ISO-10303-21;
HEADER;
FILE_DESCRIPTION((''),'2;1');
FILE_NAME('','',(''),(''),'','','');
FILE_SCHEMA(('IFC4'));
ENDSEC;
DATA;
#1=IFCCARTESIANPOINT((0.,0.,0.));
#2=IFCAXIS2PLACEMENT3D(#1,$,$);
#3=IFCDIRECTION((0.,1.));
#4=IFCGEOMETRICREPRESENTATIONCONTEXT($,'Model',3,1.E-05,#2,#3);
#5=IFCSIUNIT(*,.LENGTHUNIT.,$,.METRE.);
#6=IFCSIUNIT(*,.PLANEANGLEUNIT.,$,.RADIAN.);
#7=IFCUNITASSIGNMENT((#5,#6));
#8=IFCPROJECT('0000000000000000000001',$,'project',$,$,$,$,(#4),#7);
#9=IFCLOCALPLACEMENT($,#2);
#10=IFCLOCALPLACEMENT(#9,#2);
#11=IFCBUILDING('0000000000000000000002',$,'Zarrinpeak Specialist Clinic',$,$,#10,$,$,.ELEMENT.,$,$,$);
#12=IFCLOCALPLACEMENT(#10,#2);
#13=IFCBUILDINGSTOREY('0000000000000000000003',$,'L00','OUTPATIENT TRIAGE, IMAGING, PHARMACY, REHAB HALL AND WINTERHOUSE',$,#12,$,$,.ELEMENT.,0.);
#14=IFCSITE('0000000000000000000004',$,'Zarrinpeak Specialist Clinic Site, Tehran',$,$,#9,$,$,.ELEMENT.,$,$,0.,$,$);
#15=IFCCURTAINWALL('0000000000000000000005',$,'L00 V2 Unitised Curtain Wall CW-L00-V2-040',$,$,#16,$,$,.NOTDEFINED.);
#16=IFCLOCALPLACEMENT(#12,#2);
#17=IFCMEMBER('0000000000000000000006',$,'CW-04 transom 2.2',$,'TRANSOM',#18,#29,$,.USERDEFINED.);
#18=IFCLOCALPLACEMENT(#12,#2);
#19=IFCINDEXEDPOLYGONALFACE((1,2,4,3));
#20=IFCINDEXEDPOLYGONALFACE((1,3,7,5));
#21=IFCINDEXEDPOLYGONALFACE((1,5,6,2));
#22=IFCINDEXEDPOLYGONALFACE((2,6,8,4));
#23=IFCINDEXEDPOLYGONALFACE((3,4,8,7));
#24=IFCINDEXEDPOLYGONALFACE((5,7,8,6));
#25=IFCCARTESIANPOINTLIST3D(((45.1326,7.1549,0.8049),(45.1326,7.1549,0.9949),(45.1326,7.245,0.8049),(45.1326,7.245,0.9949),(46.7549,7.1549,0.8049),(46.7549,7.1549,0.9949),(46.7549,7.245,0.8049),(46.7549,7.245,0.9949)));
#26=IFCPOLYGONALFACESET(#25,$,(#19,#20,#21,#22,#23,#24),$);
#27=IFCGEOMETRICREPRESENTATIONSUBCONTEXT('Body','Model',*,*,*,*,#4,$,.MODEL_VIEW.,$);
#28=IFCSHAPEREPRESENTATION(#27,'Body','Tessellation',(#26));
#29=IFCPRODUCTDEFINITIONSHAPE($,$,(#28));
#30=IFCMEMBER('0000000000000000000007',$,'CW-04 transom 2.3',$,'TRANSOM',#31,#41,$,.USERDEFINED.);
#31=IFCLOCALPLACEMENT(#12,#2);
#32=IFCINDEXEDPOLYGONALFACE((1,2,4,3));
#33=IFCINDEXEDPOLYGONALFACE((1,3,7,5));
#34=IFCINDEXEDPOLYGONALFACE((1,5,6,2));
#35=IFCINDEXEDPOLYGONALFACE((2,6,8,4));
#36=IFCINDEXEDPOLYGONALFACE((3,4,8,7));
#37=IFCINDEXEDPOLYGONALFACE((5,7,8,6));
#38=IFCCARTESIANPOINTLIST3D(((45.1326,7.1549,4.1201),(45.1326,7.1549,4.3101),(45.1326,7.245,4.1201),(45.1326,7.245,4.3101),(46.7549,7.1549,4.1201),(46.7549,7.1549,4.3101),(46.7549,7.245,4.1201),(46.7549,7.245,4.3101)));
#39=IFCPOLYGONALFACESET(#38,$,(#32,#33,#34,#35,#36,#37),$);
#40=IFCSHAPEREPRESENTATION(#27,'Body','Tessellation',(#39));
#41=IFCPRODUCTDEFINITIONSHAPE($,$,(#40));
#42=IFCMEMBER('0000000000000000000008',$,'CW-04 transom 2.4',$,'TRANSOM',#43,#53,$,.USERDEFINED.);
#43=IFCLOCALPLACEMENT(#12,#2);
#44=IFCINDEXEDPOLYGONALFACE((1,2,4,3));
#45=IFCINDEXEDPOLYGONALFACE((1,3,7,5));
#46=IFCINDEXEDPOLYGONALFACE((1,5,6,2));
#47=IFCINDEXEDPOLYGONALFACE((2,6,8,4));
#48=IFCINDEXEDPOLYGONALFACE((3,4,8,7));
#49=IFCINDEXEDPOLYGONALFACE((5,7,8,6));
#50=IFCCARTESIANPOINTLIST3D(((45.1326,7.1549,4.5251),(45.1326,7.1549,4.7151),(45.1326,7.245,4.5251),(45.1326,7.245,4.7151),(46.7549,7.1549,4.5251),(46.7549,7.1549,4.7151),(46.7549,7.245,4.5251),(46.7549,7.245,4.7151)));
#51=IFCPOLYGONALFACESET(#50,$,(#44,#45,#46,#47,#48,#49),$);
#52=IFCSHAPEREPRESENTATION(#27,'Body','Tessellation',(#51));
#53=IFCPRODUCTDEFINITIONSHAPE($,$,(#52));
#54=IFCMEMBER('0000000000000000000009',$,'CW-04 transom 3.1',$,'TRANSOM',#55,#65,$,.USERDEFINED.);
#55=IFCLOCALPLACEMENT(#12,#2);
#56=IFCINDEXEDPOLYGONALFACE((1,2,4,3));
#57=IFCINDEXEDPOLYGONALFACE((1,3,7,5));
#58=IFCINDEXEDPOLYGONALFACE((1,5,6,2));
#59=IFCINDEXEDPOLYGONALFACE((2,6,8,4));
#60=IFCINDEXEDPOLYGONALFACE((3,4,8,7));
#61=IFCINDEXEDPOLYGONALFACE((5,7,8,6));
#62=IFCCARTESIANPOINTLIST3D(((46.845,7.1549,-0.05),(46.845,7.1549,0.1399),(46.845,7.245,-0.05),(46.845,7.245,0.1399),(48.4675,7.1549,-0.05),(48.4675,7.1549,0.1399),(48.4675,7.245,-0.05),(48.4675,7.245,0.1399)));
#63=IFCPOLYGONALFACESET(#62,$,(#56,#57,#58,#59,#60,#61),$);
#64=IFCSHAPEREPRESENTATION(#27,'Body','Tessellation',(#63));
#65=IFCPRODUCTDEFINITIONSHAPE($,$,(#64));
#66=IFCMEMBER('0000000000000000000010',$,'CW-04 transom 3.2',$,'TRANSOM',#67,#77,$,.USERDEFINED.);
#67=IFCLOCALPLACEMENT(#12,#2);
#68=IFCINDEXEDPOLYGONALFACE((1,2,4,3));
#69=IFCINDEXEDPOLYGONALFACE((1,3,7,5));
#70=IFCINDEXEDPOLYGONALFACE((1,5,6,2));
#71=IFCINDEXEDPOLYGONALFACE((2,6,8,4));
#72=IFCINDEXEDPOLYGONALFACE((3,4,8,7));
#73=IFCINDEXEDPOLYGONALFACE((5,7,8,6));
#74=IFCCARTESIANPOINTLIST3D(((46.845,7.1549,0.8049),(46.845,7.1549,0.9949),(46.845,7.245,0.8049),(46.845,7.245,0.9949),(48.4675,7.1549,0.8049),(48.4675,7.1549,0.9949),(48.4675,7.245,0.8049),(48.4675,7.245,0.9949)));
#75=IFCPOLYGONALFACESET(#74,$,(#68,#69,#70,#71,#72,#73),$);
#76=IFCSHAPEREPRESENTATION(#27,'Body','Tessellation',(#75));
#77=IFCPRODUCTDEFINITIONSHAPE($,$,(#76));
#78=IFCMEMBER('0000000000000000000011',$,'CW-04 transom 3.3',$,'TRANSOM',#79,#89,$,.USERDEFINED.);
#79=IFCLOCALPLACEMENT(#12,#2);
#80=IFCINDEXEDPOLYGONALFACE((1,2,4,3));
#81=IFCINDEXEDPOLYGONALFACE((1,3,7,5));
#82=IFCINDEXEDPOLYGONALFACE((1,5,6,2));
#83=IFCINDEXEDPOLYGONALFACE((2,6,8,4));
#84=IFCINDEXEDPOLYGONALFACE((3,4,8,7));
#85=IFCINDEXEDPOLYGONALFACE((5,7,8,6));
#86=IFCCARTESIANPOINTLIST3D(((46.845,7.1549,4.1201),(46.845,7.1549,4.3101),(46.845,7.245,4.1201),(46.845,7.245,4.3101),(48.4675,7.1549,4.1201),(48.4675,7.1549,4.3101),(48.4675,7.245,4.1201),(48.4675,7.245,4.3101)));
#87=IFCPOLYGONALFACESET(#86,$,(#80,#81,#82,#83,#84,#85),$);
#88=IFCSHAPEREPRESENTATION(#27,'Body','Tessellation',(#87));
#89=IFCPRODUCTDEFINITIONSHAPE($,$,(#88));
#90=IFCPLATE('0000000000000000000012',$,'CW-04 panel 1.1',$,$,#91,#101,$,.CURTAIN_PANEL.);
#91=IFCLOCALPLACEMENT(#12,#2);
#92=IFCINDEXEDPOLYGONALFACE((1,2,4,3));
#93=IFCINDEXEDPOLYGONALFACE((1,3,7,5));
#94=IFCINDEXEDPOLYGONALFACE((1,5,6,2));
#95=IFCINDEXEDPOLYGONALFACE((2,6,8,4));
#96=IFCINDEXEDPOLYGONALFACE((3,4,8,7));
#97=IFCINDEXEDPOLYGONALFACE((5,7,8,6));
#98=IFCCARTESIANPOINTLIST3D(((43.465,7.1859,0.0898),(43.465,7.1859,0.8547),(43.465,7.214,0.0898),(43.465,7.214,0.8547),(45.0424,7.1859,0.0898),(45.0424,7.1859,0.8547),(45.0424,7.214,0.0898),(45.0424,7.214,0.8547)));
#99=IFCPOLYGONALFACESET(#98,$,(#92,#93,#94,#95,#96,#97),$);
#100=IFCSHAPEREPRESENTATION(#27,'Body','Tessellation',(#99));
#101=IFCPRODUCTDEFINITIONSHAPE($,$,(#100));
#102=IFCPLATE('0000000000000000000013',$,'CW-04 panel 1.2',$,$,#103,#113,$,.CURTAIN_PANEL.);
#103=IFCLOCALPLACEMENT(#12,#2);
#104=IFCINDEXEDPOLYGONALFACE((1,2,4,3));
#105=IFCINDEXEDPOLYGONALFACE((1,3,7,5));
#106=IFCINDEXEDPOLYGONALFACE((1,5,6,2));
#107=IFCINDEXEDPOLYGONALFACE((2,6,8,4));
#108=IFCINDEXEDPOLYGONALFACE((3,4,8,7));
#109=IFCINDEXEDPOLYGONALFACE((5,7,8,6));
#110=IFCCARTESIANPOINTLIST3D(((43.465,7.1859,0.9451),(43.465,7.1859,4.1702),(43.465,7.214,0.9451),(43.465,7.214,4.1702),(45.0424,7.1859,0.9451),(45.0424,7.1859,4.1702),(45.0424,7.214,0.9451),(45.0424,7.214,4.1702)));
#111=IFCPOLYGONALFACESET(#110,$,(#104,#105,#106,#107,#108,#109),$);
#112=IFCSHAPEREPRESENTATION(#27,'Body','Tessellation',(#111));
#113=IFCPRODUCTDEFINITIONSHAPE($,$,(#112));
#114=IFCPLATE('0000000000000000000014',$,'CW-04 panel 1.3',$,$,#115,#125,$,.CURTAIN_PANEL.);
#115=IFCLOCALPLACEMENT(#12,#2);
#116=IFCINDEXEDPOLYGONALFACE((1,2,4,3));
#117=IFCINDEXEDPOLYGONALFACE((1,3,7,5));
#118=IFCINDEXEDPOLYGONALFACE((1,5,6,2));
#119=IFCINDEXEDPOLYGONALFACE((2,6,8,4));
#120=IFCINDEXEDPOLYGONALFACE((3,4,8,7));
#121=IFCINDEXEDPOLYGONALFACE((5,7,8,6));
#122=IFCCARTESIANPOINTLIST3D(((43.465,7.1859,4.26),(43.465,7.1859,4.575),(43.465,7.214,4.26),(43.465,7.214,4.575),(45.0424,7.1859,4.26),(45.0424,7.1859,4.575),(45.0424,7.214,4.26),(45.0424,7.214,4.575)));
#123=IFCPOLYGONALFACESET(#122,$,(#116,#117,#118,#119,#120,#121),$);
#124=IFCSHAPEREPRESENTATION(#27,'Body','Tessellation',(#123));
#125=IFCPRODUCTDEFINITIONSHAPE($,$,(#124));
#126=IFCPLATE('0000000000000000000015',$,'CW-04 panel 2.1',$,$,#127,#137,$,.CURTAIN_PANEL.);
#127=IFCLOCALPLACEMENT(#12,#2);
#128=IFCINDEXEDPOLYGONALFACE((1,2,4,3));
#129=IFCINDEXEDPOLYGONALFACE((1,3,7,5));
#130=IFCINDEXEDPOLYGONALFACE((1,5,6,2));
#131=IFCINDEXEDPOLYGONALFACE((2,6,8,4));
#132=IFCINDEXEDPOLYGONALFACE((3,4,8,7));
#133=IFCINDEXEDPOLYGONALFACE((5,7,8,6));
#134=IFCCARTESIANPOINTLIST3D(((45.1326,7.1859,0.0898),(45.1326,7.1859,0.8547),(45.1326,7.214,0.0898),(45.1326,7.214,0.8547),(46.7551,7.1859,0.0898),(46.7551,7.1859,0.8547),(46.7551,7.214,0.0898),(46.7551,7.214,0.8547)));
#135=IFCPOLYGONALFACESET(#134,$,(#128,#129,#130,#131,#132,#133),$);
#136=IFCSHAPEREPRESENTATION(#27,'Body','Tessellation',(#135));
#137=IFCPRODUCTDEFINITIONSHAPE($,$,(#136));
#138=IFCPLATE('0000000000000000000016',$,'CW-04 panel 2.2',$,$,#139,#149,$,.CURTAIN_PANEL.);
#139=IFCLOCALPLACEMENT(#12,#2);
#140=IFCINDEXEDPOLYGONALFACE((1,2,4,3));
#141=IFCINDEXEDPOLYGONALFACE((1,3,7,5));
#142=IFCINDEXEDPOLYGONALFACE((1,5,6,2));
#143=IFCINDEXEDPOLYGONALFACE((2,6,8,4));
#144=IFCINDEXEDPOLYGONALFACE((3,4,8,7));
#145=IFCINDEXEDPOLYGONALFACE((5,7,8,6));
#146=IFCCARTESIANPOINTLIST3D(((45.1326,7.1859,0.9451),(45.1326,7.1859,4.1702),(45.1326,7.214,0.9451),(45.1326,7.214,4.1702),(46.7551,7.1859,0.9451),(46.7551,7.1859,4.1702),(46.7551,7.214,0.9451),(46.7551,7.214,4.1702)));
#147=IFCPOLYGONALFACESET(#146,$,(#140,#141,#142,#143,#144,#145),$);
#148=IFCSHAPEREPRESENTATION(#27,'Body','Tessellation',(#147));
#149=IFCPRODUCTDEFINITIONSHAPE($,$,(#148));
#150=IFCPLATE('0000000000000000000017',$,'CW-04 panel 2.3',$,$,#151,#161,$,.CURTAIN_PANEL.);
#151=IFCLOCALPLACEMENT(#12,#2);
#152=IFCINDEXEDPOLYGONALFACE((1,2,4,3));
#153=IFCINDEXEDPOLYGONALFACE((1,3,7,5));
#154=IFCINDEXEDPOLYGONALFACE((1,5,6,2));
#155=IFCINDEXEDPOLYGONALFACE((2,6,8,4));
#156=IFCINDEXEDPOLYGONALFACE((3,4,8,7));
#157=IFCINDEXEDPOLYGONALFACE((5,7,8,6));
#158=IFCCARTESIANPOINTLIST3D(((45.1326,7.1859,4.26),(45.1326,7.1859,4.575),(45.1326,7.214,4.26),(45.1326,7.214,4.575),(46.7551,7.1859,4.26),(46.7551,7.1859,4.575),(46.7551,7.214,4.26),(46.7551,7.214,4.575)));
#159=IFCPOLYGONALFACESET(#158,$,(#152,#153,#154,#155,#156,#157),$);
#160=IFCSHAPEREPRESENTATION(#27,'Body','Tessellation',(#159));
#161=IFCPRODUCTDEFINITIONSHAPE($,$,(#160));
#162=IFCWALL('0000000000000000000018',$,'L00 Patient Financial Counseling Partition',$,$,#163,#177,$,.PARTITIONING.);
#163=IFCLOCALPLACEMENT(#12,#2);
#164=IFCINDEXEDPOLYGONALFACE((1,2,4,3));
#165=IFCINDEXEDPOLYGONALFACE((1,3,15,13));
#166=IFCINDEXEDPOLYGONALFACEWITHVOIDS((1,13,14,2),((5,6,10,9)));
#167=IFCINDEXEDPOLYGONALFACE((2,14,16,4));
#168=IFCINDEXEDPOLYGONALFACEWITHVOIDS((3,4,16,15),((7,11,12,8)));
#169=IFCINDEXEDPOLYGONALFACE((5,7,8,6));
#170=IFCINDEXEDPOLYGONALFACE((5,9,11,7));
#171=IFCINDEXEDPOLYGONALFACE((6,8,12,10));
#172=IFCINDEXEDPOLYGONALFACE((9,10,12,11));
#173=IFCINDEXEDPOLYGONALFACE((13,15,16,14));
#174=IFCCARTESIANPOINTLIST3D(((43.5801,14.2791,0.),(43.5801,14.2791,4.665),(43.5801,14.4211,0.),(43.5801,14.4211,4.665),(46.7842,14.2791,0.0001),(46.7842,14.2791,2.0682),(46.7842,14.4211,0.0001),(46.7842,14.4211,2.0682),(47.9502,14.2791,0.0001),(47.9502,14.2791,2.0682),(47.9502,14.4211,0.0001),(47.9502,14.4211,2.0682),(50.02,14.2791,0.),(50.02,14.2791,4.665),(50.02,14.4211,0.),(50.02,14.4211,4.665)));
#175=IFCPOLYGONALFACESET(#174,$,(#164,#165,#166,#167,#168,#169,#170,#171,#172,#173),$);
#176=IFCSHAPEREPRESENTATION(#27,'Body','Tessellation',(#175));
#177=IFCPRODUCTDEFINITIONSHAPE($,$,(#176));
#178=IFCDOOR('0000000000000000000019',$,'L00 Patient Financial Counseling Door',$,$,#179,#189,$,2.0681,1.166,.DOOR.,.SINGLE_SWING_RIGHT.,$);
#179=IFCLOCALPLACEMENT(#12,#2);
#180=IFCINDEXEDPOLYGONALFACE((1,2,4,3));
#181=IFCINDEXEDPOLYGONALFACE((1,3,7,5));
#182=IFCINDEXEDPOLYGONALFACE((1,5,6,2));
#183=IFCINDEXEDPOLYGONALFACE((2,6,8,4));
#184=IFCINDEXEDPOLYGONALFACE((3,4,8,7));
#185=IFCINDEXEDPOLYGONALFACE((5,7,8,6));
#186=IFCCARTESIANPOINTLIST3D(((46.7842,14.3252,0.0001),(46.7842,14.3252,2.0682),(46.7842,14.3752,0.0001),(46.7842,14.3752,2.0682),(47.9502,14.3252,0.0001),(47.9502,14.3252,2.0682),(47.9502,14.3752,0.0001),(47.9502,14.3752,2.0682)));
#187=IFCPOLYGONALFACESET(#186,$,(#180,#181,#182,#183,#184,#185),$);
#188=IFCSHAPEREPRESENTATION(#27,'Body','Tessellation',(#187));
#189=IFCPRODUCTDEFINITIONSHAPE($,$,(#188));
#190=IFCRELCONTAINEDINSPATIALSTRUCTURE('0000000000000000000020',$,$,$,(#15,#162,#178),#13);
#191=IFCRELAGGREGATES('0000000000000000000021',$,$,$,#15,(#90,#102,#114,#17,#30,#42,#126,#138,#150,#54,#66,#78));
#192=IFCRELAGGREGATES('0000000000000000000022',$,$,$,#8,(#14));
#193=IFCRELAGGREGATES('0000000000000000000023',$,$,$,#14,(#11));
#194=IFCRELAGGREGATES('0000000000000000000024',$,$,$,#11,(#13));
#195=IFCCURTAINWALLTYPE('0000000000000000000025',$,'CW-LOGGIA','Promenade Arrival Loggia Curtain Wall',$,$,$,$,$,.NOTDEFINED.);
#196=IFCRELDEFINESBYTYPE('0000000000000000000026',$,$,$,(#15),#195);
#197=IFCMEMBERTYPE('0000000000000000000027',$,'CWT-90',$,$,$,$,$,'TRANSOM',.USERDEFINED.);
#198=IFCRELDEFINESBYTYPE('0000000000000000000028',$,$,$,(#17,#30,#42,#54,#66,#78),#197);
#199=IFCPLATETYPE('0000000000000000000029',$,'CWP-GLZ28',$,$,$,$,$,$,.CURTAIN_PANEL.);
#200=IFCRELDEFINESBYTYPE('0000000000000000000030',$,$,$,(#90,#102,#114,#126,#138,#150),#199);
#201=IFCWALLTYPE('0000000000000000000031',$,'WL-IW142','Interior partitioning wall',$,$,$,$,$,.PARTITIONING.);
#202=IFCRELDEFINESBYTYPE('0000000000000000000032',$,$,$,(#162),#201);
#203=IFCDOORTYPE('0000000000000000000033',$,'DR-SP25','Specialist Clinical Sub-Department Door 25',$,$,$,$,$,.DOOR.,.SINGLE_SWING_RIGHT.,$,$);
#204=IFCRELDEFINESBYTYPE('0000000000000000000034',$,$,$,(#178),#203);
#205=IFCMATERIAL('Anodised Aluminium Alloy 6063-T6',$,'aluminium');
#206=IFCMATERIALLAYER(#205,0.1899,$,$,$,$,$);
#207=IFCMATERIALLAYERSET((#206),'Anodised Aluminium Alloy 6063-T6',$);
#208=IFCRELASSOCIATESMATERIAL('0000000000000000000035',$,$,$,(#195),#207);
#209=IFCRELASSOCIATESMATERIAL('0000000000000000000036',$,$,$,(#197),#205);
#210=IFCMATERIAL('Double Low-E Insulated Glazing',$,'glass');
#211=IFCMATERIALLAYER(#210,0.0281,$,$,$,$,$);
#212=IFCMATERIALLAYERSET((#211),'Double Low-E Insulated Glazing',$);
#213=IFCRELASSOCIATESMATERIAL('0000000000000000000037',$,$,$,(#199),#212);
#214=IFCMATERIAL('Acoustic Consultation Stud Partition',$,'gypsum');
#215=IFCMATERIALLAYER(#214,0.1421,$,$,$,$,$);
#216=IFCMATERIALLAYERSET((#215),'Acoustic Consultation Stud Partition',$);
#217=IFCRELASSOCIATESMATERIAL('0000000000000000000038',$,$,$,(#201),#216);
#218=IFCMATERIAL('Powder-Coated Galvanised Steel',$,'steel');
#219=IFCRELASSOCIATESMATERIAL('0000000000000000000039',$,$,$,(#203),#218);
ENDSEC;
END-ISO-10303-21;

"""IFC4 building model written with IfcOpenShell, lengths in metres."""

from ifc_helpers import new_model, si_unit, direction, frame, frame_2d, origin, origin_2d, place, context, subcontext, project, spatial, rectangle, extrude, material, layer, layer_set, material_profile, profile_set, type_object, element, fill, aggregate, save


model = new_model("IFC4")

# Units and contexts
model_context = context("Model", 3, precision=1e-05, world=origin(), true_north=direction((0.0, 1.0)))
body_context = subcontext(model_context, "Body", "Model", "MODEL_VIEW")
ifc_project = project(units=[si_unit("LENGTHUNIT", "METRE"), si_unit("PLANEANGLEUNIT", "RADIAN")], contexts=[model_context])

# Site, building, storey
site_placement = place(None, origin())
site = spatial("IfcSite", under=ifc_project, at=site_placement, Name="Zarrinpeak Specialist Clinic Site, Tehran", CompositionType="ELEMENT", RefElevation=0.0)
building_placement = place(site_placement, origin())
building = spatial("IfcBuilding", under=site, at=building_placement, Name="Zarrinpeak Specialist Clinic", CompositionType="ELEMENT")
storey_placement = place(building_placement, origin())
storey = spatial("IfcBuildingStorey", under=building, at=storey_placement, Name="L00", Description="OUTPATIENT TRIAGE, IMAGING, PHARMACY, REHAB HALL AND WINTERHOUSE", CompositionType="ELEMENT", Elevation=0.0)

# Curtain wall, members, plates
ifc_material_1 = material(Name="Anodised Aluminium Alloy 6063-T6", Category="aluminium")
ifc_layer_1 = layer(ifc_material_1, 0.1899)
ifc_layer_set_1 = layer_set([ifc_layer_1], Name="Anodised Aluminium Alloy 6063-T6")
curtain_wall_type = type_object("IfcCurtainWallType", Name="CW-LOGGIA", Description="Promenade Arrival Loggia Curtain Wall", PredefinedType="NOTDEFINED", material=ifc_layer_set_1)
curtain_wall_placement = place(storey_placement, origin())
curtain_wall = element("IfcCurtainWall", 1, at=curtain_wall_placement, inside=storey, type_object=curtain_wall_type, Name="L00 V2 Unitised Curtain Wall CW-L00-V2-040", PredefinedType="NOTDEFINED")
ifc_material_profile_1 = material_profile(ifc_material_1, rectangle(XDim=0.0901, YDim=0.1899, at=origin_2d()), Name="ALU 90x190")
ifc_profile_set_1 = profile_set([ifc_material_profile_1], Name="Anodised Aluminium Alloy 6063-T6")
member_type_1 = type_object("IfcMemberType", Name="CWT-90", ElementType="TRANSOM", PredefinedType="USERDEFINED", material=ifc_profile_set_1)
member_1_placement = place(storey_placement, frame((45.1326, 7.2, 0.8999), z_axis=(1.0, 0.0, 0.0), x_axis=(0.0, 1.0, 0.0)))
member_1 = element("IfcMember", 2, at=member_1_placement, type_object=member_type_1, Name="CW-04 transom 2.2", ObjectType="TRANSOM", PredefinedType="USERDEFINED", context=body_context, shape_type="SweptSolid", body=[
    extrude(rectangle(XDim=0.0901, YDim=0.1899, at=origin_2d()), origin(), (0.0, 0.0, 1.0), 1.6223),
])
member_2_placement = place(storey_placement, frame((45.1326, 7.2, 4.2151), z_axis=(1.0, 0.0, 0.0), x_axis=(0.0, 1.0, 0.0)))
member_2 = element("IfcMember", 3, at=member_2_placement, type_object=member_type_1, Name="CW-04 transom 2.3", ObjectType="TRANSOM", PredefinedType="USERDEFINED", context=body_context, shape_type="SweptSolid", body=[
    extrude(rectangle(XDim=0.0901, YDim=0.1899, at=origin_2d()), origin(), (0.0, 0.0, 1.0), 1.6223),
])
member_3_placement = place(storey_placement, frame((45.1326, 7.2, 4.6201), z_axis=(1.0, 0.0, 0.0), x_axis=(0.0, 1.0, 0.0)))
member_3 = element("IfcMember", 4, at=member_3_placement, type_object=member_type_1, Name="CW-04 transom 2.4", ObjectType="TRANSOM", PredefinedType="USERDEFINED", context=body_context, shape_type="SweptSolid", body=[
    extrude(rectangle(XDim=0.0901, YDim=0.1899, at=origin_2d()), origin(), (0.0, 0.0, 1.0), 1.6223),
])
member_4_placement = place(storey_placement, frame((46.845, 7.2, 0.0449), z_axis=(1.0, 0.0, 0.0), x_axis=(0.0, 1.0, 0.0)))
member_4 = element("IfcMember", 5, at=member_4_placement, type_object=member_type_1, Name="CW-04 transom 3.1", ObjectType="TRANSOM", PredefinedType="USERDEFINED", context=body_context, shape_type="SweptSolid", body=[
    extrude(rectangle(XDim=0.0901, YDim=0.1899, at=origin_2d()), origin(), (0.0, 0.0, 1.0), 1.6226),
])
member_5_placement = place(storey_placement, frame((46.845, 7.2, 0.8999), z_axis=(1.0, 0.0, 0.0), x_axis=(0.0, 1.0, 0.0)))
member_5 = element("IfcMember", 6, at=member_5_placement, type_object=member_type_1, Name="CW-04 transom 3.2", ObjectType="TRANSOM", PredefinedType="USERDEFINED", context=body_context, shape_type="SweptSolid", body=[
    extrude(rectangle(XDim=0.0901, YDim=0.1899, at=origin_2d()), origin(), (0.0, 0.0, 1.0), 1.6226),
])
member_6_placement = place(storey_placement, frame((46.845, 7.2, 4.2151), z_axis=(1.0, 0.0, 0.0), x_axis=(0.0, 1.0, 0.0)))
member_6 = element("IfcMember", 7, at=member_6_placement, type_object=member_type_1, Name="CW-04 transom 3.3", ObjectType="TRANSOM", PredefinedType="USERDEFINED", context=body_context, shape_type="SweptSolid", body=[
    extrude(rectangle(XDim=0.0901, YDim=0.1899, at=origin_2d()), origin(), (0.0, 0.0, 1.0), 1.6226),
])
ifc_material_2 = material(Name="Double Low-E Insulated Glazing", Category="glass")
ifc_layer_2 = layer(ifc_material_2, 0.0281)
ifc_layer_set_2 = layer_set([ifc_layer_2], Name="Double Low-E Insulated Glazing")
plate_type = type_object("IfcPlateType", Name="CWP-GLZ28", PredefinedType="CURTAIN_PANEL", material=ifc_layer_set_2)
plate_1_placement = place(storey_placement, frame((44.2537, 7.2, 0.0898), z_axis=(0.0, 0.0, 1.0), x_axis=(1.0, 0.0, 0.0)))
plate_1 = element("IfcPlate", 8, at=plate_1_placement, type_object=plate_type, Name="CW-04 panel 1.1", PredefinedType="CURTAIN_PANEL", context=body_context, shape_type="SweptSolid", body=[
    extrude(rectangle(XDim=1.5774, YDim=0.0281, at=origin_2d()), origin(), (0.0, 0.0, 1.0), 0.7649),
])
plate_2_placement = place(storey_placement, frame((44.2537, 7.2, 0.9451), z_axis=(0.0, 0.0, 1.0), x_axis=(1.0, 0.0, 0.0)))
plate_2 = element("IfcPlate", 9, at=plate_2_placement, type_object=plate_type, Name="CW-04 panel 1.2", PredefinedType="CURTAIN_PANEL", context=body_context, shape_type="SweptSolid", body=[
    extrude(rectangle(XDim=1.5774, YDim=0.0281, at=origin_2d()), origin(), (0.0, 0.0, 1.0), 3.2251),
])
plate_3_placement = place(storey_placement, frame((44.2537, 7.2, 4.26), z_axis=(0.0, 0.0, 1.0), x_axis=(1.0, 0.0, 0.0)))
plate_3 = element("IfcPlate", 10, at=plate_3_placement, type_object=plate_type, Name="CW-04 panel 1.3", PredefinedType="CURTAIN_PANEL", context=body_context, shape_type="SweptSolid", body=[
    extrude(rectangle(XDim=1.5774, YDim=0.0281, at=origin_2d()), origin(), (0.0, 0.0, 1.0), 0.3149),
])
plate_4_placement = place(storey_placement, frame((45.9438, 7.2, 0.0898), z_axis=(0.0, 0.0, 1.0), x_axis=(1.0, 0.0, 0.0)))
plate_4 = element("IfcPlate", 11, at=plate_4_placement, type_object=plate_type, Name="CW-04 panel 2.1", PredefinedType="CURTAIN_PANEL", context=body_context, shape_type="SweptSolid", body=[
    extrude(rectangle(XDim=1.6226, YDim=0.0281, at=origin_2d()), origin(), (0.0, 0.0, 1.0), 0.7649),
])
plate_5_placement = place(storey_placement, frame((45.9438, 7.2, 0.9451), z_axis=(0.0, 0.0, 1.0), x_axis=(1.0, 0.0, 0.0)))
plate_5 = element("IfcPlate", 12, at=plate_5_placement, type_object=plate_type, Name="CW-04 panel 2.2", PredefinedType="CURTAIN_PANEL", context=body_context, shape_type="SweptSolid", body=[
    extrude(rectangle(XDim=1.6226, YDim=0.0281, at=origin_2d()), origin(), (0.0, 0.0, 1.0), 3.2251),
])
plate_6_placement = place(storey_placement, frame((45.9438, 7.2, 4.26), z_axis=(0.0, 0.0, 1.0), x_axis=(1.0, 0.0, 0.0)))
plate_6 = element("IfcPlate", 13, at=plate_6_placement, type_object=plate_type, Name="CW-04 panel 2.3", PredefinedType="CURTAIN_PANEL", context=body_context, shape_type="SweptSolid", body=[
    extrude(rectangle(XDim=1.6226, YDim=0.0281, at=origin_2d()), origin(), (0.0, 0.0, 1.0), 0.3149),
])
aggregate(curtain_wall, [plate_1, plate_2, plate_3, member_1, member_2, member_3, plate_4, plate_5, plate_6, member_4, member_5, member_6])

# Wall, opening, door
ifc_material_3 = material(Name="Acoustic Consultation Stud Partition", Category="gypsum")
ifc_layer_3 = layer(ifc_material_3, 0.1421)
ifc_layer_set_3 = layer_set([ifc_layer_3], Name="Acoustic Consultation Stud Partition")
wall_type = type_object("IfcWallType", Name="WL-IW142", Description="Interior partitioning wall", PredefinedType="PARTITIONING", material=ifc_layer_set_3)
wall_placement = place(storey_placement, frame((43.5801, 14.3501, 0.0), z_axis=(0.0, 0.0, 1.0), x_axis=(1.0, 0.0, 0.0)))
wall = element("IfcWall", 14, at=wall_placement, inside=storey, type_object=wall_type, Name="L00 Patient Financial Counseling Partition", PredefinedType="PARTITIONING", context=body_context, shape_type="SweptSolid", body=[
    extrude(rectangle(XDim=6.4399, YDim=0.1421, at=frame_2d((3.22, 0.0))), origin(), (0.0, 0.0, 1.0), 4.665),
])
opening_placement = place(wall_placement, frame((3.2041, 0.0, 0.0)))
opening = element("IfcOpeningElement", 15, at=opening_placement, cuts=wall, PredefinedType="OPENING", context=body_context, shape_type="SweptSolid", body=[
    extrude(rectangle(XDim=1.166, YDim=2.0681, at=frame_2d((0.583, 1.0342))), frame((0.0, 0.0811, 0.0), z_axis=(0.0, -1.0, 0.0), x_axis=(1.0, 0.0, 0.0)), (0.0, 0.0, 1.0), 0.1621),
])
ifc_material_4 = material(Name="Powder-Coated Galvanised Steel", Category="steel")
door_type = type_object("IfcDoorType", Name="DR-SP25", Description="Specialist Clinical Sub-Department Door 25", OperationType="SINGLE_SWING_RIGHT", PredefinedType="DOOR", material=ifc_material_4)
door_placement = place(opening_placement, frame((1.166, 0.0, 0.0), z_axis=(0.0, 0.0, 1.0), x_axis=(-1.0, 0.0, 0.0)))
door = element("IfcDoor", 16, at=door_placement, inside=storey, type_object=door_type, Name="L00 Patient Financial Counseling Door", OperationType="SINGLE_SWING_RIGHT", OverallHeight=2.0681, OverallWidth=1.166, PredefinedType="DOOR", context=body_context, shape_type="SweptSolid", body=[
    extrude(rectangle(XDim=1.166, YDim=2.0681, at=frame_2d((0.583, 1.0342))), frame((0.0, 0.0249, 0.0), z_axis=(0.0, -1.0, 0.0), x_axis=(1.0, 0.0, 0.0)), (0.0, 0.0, 1.0), 0.05),
])
fill(opening, door)

save(model, "model.ifc")
